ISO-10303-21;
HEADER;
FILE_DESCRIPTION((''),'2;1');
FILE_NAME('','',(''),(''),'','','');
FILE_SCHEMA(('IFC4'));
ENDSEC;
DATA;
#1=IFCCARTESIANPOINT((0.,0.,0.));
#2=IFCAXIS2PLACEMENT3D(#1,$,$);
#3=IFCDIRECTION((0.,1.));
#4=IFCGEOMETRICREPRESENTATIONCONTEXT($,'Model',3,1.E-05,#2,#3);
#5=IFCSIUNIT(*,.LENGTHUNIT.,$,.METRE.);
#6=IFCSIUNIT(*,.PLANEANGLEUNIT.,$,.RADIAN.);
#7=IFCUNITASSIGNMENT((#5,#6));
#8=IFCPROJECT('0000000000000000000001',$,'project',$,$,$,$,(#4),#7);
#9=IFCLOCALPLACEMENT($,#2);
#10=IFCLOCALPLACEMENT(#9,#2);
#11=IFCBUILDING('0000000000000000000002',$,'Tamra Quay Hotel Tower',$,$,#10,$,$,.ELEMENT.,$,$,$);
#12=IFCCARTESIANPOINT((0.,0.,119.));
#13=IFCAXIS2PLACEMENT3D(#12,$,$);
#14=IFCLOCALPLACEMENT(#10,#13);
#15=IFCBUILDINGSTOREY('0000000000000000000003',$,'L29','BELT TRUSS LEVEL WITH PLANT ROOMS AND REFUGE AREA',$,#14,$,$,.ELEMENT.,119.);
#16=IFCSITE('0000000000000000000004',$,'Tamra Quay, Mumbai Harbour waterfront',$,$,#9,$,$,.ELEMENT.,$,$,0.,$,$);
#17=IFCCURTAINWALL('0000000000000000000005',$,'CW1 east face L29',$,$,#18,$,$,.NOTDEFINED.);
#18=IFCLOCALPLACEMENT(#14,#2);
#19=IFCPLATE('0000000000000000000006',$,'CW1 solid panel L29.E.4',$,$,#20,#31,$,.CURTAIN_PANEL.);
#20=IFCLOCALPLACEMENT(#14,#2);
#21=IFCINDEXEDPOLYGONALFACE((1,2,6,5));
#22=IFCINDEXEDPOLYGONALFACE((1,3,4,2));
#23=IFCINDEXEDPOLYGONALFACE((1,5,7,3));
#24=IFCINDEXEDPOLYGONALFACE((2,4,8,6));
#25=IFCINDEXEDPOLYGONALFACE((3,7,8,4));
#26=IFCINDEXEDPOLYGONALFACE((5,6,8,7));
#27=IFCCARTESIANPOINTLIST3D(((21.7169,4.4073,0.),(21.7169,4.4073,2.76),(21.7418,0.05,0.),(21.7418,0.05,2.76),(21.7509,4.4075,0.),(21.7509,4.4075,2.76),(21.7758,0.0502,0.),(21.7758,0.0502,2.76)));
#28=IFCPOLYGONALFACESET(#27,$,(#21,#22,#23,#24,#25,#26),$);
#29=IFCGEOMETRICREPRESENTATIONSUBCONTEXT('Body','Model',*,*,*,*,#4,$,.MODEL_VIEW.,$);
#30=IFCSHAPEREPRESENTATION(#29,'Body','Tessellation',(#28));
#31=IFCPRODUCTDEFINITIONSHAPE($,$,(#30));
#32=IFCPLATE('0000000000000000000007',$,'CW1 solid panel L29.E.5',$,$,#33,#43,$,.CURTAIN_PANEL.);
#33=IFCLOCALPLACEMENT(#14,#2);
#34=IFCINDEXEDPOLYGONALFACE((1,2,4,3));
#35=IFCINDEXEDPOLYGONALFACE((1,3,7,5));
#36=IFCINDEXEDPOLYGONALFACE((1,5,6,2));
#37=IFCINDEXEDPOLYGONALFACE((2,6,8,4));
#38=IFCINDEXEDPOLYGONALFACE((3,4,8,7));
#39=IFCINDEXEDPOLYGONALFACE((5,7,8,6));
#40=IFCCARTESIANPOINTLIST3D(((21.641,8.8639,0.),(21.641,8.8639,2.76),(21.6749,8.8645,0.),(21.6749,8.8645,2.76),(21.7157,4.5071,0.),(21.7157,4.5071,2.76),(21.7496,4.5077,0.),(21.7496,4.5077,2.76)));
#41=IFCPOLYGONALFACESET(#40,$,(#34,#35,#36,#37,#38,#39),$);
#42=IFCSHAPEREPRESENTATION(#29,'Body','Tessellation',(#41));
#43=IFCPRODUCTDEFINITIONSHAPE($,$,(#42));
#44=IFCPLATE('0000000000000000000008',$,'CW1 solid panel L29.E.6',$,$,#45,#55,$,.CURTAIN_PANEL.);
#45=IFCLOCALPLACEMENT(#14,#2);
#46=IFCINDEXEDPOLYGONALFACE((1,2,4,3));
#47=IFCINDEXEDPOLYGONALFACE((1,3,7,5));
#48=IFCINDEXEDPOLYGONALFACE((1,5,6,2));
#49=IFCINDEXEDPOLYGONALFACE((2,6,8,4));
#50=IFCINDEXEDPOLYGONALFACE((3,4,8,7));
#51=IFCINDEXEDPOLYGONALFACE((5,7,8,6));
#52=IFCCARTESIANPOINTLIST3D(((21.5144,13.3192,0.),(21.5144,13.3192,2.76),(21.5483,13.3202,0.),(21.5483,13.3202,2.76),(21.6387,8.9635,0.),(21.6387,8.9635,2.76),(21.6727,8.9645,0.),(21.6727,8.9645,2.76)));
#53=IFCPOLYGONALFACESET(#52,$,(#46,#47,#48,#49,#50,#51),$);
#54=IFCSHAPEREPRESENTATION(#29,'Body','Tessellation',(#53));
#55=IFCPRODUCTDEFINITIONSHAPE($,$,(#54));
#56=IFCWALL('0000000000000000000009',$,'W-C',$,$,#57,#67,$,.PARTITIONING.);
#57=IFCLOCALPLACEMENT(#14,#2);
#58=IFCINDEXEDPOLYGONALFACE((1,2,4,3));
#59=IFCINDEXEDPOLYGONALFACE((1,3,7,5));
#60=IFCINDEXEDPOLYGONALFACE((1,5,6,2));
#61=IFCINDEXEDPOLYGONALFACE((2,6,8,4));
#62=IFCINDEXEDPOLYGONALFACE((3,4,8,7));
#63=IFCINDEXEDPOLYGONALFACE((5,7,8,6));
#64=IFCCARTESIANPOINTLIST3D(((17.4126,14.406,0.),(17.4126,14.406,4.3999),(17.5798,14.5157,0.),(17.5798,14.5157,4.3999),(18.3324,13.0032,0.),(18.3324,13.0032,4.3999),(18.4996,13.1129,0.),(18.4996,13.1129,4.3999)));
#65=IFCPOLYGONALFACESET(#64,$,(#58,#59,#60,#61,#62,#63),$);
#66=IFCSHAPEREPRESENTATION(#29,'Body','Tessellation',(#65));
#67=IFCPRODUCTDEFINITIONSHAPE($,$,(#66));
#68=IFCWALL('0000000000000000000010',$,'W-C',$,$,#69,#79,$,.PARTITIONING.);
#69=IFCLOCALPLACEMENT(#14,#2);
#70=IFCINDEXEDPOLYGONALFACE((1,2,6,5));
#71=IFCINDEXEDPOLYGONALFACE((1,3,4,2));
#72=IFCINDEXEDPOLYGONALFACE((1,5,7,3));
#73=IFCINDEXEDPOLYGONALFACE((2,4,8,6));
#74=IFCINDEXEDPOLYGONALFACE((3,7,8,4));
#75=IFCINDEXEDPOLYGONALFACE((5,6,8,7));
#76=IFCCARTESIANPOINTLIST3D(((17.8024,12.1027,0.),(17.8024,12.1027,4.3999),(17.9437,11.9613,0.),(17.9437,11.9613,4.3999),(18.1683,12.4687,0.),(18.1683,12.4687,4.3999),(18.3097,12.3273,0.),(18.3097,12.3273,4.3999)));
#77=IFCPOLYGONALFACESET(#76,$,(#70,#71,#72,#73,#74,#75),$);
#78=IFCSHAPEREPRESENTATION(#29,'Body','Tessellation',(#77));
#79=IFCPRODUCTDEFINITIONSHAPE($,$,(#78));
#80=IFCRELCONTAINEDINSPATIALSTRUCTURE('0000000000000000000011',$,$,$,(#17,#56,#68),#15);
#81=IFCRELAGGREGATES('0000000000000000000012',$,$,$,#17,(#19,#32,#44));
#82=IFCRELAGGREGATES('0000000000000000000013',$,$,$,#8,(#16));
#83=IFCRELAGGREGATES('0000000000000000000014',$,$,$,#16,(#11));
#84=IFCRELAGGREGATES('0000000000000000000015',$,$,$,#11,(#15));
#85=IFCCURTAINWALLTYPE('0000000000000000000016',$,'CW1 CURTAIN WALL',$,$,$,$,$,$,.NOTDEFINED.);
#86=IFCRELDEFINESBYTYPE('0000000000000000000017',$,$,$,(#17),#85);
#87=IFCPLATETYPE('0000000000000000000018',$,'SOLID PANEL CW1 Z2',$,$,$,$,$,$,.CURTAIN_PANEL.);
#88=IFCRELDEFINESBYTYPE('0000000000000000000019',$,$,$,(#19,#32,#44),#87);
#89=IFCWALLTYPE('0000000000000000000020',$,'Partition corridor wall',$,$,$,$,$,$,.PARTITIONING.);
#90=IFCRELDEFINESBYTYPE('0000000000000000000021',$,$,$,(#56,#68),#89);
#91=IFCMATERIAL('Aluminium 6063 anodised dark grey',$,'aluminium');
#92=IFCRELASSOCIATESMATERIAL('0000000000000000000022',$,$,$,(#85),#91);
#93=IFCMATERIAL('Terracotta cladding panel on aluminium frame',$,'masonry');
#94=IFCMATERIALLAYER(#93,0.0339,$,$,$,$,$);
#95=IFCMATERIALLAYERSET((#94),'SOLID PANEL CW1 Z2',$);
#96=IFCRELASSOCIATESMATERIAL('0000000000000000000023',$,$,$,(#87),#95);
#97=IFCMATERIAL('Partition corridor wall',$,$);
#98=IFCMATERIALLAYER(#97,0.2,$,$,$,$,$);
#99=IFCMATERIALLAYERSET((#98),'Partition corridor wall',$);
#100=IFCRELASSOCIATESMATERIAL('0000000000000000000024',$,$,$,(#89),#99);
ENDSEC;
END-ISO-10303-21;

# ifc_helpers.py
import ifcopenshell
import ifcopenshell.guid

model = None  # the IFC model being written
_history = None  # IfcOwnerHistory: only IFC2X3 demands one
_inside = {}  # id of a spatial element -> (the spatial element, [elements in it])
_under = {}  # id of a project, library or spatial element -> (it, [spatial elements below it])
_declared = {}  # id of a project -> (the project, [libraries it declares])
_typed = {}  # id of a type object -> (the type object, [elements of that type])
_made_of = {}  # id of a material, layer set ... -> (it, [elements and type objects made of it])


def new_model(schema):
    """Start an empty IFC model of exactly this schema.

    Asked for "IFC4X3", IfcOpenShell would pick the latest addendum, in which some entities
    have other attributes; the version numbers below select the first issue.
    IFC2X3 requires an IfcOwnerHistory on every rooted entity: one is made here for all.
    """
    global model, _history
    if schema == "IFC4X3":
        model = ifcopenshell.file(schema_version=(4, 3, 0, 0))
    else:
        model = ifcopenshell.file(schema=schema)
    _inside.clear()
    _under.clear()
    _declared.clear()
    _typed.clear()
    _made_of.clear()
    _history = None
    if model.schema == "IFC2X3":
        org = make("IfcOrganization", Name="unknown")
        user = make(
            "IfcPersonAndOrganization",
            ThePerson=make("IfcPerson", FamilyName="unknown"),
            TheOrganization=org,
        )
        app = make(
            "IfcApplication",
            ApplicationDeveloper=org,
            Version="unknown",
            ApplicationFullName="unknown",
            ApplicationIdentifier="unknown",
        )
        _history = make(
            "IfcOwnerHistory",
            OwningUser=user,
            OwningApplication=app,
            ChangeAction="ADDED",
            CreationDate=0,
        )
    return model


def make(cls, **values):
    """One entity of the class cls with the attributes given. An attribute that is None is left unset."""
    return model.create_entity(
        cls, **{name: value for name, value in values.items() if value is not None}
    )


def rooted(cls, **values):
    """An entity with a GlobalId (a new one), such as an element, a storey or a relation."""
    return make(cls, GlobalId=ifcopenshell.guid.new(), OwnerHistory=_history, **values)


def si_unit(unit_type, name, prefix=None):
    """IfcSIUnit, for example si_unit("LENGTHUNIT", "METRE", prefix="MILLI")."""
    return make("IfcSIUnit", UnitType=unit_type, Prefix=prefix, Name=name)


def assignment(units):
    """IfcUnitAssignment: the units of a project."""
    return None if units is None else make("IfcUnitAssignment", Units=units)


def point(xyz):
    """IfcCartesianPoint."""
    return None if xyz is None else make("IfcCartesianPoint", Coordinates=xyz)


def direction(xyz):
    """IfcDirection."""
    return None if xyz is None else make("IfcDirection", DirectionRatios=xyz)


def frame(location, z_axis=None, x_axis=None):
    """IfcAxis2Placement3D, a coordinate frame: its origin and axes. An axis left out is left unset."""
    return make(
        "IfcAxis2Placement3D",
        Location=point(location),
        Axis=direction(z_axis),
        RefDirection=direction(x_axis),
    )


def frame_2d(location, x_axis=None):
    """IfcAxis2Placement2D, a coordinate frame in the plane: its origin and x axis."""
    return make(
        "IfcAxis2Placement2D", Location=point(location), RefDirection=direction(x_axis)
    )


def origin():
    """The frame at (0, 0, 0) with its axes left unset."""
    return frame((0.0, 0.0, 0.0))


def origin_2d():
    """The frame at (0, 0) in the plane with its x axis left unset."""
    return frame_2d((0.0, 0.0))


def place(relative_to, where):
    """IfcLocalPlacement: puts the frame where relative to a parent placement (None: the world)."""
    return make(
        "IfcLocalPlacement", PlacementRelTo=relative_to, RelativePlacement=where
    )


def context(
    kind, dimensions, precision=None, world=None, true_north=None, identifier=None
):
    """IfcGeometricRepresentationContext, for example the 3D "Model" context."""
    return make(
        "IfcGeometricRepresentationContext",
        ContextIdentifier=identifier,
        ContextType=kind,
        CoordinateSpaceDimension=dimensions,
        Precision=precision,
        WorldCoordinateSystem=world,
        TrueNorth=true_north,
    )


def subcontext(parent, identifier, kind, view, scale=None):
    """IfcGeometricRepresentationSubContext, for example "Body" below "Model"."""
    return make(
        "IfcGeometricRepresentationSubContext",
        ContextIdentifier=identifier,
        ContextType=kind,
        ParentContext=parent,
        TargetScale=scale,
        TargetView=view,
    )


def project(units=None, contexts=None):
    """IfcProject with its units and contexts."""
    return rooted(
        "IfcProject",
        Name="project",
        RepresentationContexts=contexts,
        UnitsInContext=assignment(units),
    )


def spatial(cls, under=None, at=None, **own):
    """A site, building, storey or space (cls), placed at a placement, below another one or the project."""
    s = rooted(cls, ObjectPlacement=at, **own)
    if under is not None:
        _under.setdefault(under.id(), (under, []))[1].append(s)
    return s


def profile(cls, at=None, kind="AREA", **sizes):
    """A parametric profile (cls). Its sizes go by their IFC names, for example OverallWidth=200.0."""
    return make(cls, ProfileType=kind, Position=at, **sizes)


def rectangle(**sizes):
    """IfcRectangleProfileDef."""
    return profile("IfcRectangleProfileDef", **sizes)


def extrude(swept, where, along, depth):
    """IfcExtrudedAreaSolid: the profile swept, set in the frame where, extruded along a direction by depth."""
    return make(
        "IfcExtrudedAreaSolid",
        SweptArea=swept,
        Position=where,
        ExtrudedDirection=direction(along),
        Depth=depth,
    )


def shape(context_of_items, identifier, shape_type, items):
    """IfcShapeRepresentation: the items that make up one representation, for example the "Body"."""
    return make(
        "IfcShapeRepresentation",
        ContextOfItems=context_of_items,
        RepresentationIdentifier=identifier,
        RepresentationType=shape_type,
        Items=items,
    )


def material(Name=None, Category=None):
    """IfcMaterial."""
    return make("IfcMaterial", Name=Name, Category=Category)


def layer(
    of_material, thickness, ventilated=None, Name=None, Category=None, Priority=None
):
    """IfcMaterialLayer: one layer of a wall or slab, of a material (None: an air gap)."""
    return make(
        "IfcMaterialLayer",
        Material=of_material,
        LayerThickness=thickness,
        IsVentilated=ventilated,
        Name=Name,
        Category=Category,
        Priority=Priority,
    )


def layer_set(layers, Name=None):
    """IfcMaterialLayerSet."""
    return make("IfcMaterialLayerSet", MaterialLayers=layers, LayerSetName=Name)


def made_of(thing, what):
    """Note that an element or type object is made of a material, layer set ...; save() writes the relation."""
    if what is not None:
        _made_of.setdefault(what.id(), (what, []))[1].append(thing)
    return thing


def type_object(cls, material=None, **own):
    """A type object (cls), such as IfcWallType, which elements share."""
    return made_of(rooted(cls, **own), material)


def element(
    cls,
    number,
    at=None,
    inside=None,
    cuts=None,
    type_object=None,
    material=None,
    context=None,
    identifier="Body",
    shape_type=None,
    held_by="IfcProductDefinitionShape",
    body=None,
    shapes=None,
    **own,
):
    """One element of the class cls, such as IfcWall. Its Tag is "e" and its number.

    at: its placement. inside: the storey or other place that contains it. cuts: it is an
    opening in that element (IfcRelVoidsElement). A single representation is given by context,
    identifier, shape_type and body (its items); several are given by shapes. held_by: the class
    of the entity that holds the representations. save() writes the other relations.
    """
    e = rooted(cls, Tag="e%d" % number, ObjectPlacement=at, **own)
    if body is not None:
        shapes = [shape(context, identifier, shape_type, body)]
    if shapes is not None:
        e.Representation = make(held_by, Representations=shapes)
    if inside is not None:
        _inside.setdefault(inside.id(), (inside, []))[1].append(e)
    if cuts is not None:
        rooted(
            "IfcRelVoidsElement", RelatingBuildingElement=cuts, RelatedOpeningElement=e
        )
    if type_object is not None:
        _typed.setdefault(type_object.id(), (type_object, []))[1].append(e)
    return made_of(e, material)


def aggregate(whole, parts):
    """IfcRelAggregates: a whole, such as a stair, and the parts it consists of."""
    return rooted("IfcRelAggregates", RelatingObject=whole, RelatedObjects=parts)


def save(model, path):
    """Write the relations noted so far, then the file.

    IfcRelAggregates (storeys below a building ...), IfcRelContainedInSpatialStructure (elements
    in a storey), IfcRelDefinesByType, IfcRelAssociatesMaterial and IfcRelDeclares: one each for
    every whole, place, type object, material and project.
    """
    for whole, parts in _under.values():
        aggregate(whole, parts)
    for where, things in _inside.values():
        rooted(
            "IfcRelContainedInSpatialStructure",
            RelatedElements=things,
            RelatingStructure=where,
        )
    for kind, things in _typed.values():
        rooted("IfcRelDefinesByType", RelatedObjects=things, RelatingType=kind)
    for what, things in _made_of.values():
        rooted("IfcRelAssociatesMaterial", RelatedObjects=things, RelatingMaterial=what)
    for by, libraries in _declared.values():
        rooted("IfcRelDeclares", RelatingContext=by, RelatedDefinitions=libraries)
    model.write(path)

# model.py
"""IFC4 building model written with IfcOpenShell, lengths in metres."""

from ifc_helpers import new_model, si_unit, direction, frame, frame_2d, origin, origin_2d, place, context, subcontext, project, spatial, rectangle, extrude, material, layer, layer_set, type_object, element, aggregate, save


model = new_model("IFC4")

# Units and contexts
model_context = context("Model", 3, precision=1e-05, world=origin(), true_north=direction((0.0, 1.0)))
body_context = subcontext(model_context, "Body", "Model", "MODEL_VIEW")
ifc_project = project(units=[si_unit("LENGTHUNIT", "METRE"), si_unit("PLANEANGLEUNIT", "RADIAN")], contexts=[model_context])

# Site, building, storey
site_placement = place(None, origin())
site = spatial("IfcSite", under=ifc_project, at=site_placement, Name="Tamra Quay, Mumbai Harbour waterfront", CompositionType="ELEMENT", RefElevation=0.0)
building_placement = place(site_placement, origin())
building = spatial("IfcBuilding", under=site, at=building_placement, Name="Tamra Quay Hotel Tower", CompositionType="ELEMENT")
storey_placement = place(building_placement, frame((0.0, 0.0, 119.0)))
storey = spatial("IfcBuildingStorey", under=building, at=storey_placement, Name="L29", Description="BELT TRUSS LEVEL WITH PLANT ROOMS AND REFUGE AREA", CompositionType="ELEMENT", Elevation=119.0)

# Curtain wall
ifc_material_1 = material(Name="Aluminium 6063 anodised dark grey", Category="aluminium")
curtain_wall_type = type_object("IfcCurtainWallType", Name="CW1 CURTAIN WALL", PredefinedType="NOTDEFINED", material=ifc_material_1)
curtain_wall_placement = place(storey_placement, origin())
curtain_wall = element("IfcCurtainWall", 1, at=curtain_wall_placement, inside=storey, type_object=curtain_wall_type, Name="CW1 east face L29", PredefinedType="NOTDEFINED")

# Plates
ifc_material_2 = material(Name="Terracotta cladding panel on aluminium frame", Category="masonry")
ifc_layer_1 = layer(ifc_material_2, 0.0339)
ifc_layer_set_1 = layer_set([ifc_layer_1], Name="SOLID PANEL CW1 Z2")
plate_type_1 = type_object("IfcPlateType", Name="SOLID PANEL CW1 Z2", PredefinedType="CURTAIN_PANEL", material=ifc_layer_set_1)
plate_1_placement = place(storey_placement, frame((21.7463, 2.2288, 0.0), z_axis=(0.0, 0.0, 1.0), x_axis=(-0.005713, 0.999984, 0.0)))
plate_1 = element("IfcPlate", 2, at=plate_1_placement, type_object=plate_type_1, Name="CW1 solid panel L29.E.4", PredefinedType="CURTAIN_PANEL", context=body_context, shape_type="SweptSolid", body=[
    extrude(rectangle(XDim=4.3574, YDim=0.0339, at=origin_2d()), origin(), (0.0, 0.0, 1.0), 2.76),
])
plate_2_placement = place(storey_placement, frame((21.6953, 6.6858, 0.0), z_axis=(0.0, 0.0, 1.0), x_axis=(-0.017134, 0.999853, 0.0)))
plate_2 = element("IfcPlate", 3, at=plate_2_placement, type_object=plate_type_1, Name="CW1 solid panel L29.E.5", PredefinedType="CURTAIN_PANEL", context=body_context, shape_type="SweptSolid", body=[
    extrude(rectangle(XDim=4.3574, YDim=0.0339, at=origin_2d()), origin(), (0.0, 0.0, 1.0), 2.76),
])
plate_3_placement = place(storey_placement, frame((21.5935, 11.1418, 0.0), z_axis=(0.0, 0.0, 1.0), x_axis=(-0.028546, 0.999592, 0.0)))
plate_3 = element("IfcPlate", 4, at=plate_3_placement, type_object=plate_type_1, Name="CW1 solid panel L29.E.6", PredefinedType="CURTAIN_PANEL", context=body_context, shape_type="SweptSolid", body=[
    extrude(rectangle(XDim=4.3574, YDim=0.0339, at=origin_2d()), origin(), (0.0, 0.0, 1.0), 2.76),
])
aggregate(curtain_wall, [plate_1, plate_2, plate_3])

# Walls
ifc_material_3 = material(Name="Partition corridor wall")
ifc_layer_2 = layer(ifc_material_3, 0.2)
ifc_layer_set_2 = layer_set([ifc_layer_2], Name="Partition corridor wall")
wall_type = type_object("IfcWallType", Name="Partition corridor wall", PredefinedType="PARTITIONING", material=ifc_layer_set_2)
wall_1_placement = place(storey_placement, frame((17.4961, 14.4609, 0.0), z_axis=(0.0, 0.0, 1.0), x_axis=(0.54837, -0.836236, 0.0)))
element("IfcWall", 5, at=wall_1_placement, inside=storey, type_object=wall_type, Name="W-C", PredefinedType="PARTITIONING", context=body_context, shape_type="SweptSolid", body=[
    extrude(rectangle(XDim=1.6775, YDim=0.2, at=frame_2d((0.8389, 0.0))), origin(), (0.0, 0.0, 1.0), 4.3999),
])
wall_2_placement = place(storey_placement, frame((17.873, 12.032, 0.0), z_axis=(0.0, 0.0, 1.0), x_axis=(0.707107, 0.707107, 0.0)))
element("IfcWall", 6, at=wall_2_placement, inside=storey, type_object=wall_type, Name="W-C", PredefinedType="PARTITIONING", context=body_context, shape_type="SweptSolid", body=[
    extrude(rectangle(XDim=0.5176, YDim=0.2, at=frame_2d((0.2588, 0.0))), origin(), (0.0, 0.0, 1.0), 4.3999),
])

save(model, "model.ifc")
